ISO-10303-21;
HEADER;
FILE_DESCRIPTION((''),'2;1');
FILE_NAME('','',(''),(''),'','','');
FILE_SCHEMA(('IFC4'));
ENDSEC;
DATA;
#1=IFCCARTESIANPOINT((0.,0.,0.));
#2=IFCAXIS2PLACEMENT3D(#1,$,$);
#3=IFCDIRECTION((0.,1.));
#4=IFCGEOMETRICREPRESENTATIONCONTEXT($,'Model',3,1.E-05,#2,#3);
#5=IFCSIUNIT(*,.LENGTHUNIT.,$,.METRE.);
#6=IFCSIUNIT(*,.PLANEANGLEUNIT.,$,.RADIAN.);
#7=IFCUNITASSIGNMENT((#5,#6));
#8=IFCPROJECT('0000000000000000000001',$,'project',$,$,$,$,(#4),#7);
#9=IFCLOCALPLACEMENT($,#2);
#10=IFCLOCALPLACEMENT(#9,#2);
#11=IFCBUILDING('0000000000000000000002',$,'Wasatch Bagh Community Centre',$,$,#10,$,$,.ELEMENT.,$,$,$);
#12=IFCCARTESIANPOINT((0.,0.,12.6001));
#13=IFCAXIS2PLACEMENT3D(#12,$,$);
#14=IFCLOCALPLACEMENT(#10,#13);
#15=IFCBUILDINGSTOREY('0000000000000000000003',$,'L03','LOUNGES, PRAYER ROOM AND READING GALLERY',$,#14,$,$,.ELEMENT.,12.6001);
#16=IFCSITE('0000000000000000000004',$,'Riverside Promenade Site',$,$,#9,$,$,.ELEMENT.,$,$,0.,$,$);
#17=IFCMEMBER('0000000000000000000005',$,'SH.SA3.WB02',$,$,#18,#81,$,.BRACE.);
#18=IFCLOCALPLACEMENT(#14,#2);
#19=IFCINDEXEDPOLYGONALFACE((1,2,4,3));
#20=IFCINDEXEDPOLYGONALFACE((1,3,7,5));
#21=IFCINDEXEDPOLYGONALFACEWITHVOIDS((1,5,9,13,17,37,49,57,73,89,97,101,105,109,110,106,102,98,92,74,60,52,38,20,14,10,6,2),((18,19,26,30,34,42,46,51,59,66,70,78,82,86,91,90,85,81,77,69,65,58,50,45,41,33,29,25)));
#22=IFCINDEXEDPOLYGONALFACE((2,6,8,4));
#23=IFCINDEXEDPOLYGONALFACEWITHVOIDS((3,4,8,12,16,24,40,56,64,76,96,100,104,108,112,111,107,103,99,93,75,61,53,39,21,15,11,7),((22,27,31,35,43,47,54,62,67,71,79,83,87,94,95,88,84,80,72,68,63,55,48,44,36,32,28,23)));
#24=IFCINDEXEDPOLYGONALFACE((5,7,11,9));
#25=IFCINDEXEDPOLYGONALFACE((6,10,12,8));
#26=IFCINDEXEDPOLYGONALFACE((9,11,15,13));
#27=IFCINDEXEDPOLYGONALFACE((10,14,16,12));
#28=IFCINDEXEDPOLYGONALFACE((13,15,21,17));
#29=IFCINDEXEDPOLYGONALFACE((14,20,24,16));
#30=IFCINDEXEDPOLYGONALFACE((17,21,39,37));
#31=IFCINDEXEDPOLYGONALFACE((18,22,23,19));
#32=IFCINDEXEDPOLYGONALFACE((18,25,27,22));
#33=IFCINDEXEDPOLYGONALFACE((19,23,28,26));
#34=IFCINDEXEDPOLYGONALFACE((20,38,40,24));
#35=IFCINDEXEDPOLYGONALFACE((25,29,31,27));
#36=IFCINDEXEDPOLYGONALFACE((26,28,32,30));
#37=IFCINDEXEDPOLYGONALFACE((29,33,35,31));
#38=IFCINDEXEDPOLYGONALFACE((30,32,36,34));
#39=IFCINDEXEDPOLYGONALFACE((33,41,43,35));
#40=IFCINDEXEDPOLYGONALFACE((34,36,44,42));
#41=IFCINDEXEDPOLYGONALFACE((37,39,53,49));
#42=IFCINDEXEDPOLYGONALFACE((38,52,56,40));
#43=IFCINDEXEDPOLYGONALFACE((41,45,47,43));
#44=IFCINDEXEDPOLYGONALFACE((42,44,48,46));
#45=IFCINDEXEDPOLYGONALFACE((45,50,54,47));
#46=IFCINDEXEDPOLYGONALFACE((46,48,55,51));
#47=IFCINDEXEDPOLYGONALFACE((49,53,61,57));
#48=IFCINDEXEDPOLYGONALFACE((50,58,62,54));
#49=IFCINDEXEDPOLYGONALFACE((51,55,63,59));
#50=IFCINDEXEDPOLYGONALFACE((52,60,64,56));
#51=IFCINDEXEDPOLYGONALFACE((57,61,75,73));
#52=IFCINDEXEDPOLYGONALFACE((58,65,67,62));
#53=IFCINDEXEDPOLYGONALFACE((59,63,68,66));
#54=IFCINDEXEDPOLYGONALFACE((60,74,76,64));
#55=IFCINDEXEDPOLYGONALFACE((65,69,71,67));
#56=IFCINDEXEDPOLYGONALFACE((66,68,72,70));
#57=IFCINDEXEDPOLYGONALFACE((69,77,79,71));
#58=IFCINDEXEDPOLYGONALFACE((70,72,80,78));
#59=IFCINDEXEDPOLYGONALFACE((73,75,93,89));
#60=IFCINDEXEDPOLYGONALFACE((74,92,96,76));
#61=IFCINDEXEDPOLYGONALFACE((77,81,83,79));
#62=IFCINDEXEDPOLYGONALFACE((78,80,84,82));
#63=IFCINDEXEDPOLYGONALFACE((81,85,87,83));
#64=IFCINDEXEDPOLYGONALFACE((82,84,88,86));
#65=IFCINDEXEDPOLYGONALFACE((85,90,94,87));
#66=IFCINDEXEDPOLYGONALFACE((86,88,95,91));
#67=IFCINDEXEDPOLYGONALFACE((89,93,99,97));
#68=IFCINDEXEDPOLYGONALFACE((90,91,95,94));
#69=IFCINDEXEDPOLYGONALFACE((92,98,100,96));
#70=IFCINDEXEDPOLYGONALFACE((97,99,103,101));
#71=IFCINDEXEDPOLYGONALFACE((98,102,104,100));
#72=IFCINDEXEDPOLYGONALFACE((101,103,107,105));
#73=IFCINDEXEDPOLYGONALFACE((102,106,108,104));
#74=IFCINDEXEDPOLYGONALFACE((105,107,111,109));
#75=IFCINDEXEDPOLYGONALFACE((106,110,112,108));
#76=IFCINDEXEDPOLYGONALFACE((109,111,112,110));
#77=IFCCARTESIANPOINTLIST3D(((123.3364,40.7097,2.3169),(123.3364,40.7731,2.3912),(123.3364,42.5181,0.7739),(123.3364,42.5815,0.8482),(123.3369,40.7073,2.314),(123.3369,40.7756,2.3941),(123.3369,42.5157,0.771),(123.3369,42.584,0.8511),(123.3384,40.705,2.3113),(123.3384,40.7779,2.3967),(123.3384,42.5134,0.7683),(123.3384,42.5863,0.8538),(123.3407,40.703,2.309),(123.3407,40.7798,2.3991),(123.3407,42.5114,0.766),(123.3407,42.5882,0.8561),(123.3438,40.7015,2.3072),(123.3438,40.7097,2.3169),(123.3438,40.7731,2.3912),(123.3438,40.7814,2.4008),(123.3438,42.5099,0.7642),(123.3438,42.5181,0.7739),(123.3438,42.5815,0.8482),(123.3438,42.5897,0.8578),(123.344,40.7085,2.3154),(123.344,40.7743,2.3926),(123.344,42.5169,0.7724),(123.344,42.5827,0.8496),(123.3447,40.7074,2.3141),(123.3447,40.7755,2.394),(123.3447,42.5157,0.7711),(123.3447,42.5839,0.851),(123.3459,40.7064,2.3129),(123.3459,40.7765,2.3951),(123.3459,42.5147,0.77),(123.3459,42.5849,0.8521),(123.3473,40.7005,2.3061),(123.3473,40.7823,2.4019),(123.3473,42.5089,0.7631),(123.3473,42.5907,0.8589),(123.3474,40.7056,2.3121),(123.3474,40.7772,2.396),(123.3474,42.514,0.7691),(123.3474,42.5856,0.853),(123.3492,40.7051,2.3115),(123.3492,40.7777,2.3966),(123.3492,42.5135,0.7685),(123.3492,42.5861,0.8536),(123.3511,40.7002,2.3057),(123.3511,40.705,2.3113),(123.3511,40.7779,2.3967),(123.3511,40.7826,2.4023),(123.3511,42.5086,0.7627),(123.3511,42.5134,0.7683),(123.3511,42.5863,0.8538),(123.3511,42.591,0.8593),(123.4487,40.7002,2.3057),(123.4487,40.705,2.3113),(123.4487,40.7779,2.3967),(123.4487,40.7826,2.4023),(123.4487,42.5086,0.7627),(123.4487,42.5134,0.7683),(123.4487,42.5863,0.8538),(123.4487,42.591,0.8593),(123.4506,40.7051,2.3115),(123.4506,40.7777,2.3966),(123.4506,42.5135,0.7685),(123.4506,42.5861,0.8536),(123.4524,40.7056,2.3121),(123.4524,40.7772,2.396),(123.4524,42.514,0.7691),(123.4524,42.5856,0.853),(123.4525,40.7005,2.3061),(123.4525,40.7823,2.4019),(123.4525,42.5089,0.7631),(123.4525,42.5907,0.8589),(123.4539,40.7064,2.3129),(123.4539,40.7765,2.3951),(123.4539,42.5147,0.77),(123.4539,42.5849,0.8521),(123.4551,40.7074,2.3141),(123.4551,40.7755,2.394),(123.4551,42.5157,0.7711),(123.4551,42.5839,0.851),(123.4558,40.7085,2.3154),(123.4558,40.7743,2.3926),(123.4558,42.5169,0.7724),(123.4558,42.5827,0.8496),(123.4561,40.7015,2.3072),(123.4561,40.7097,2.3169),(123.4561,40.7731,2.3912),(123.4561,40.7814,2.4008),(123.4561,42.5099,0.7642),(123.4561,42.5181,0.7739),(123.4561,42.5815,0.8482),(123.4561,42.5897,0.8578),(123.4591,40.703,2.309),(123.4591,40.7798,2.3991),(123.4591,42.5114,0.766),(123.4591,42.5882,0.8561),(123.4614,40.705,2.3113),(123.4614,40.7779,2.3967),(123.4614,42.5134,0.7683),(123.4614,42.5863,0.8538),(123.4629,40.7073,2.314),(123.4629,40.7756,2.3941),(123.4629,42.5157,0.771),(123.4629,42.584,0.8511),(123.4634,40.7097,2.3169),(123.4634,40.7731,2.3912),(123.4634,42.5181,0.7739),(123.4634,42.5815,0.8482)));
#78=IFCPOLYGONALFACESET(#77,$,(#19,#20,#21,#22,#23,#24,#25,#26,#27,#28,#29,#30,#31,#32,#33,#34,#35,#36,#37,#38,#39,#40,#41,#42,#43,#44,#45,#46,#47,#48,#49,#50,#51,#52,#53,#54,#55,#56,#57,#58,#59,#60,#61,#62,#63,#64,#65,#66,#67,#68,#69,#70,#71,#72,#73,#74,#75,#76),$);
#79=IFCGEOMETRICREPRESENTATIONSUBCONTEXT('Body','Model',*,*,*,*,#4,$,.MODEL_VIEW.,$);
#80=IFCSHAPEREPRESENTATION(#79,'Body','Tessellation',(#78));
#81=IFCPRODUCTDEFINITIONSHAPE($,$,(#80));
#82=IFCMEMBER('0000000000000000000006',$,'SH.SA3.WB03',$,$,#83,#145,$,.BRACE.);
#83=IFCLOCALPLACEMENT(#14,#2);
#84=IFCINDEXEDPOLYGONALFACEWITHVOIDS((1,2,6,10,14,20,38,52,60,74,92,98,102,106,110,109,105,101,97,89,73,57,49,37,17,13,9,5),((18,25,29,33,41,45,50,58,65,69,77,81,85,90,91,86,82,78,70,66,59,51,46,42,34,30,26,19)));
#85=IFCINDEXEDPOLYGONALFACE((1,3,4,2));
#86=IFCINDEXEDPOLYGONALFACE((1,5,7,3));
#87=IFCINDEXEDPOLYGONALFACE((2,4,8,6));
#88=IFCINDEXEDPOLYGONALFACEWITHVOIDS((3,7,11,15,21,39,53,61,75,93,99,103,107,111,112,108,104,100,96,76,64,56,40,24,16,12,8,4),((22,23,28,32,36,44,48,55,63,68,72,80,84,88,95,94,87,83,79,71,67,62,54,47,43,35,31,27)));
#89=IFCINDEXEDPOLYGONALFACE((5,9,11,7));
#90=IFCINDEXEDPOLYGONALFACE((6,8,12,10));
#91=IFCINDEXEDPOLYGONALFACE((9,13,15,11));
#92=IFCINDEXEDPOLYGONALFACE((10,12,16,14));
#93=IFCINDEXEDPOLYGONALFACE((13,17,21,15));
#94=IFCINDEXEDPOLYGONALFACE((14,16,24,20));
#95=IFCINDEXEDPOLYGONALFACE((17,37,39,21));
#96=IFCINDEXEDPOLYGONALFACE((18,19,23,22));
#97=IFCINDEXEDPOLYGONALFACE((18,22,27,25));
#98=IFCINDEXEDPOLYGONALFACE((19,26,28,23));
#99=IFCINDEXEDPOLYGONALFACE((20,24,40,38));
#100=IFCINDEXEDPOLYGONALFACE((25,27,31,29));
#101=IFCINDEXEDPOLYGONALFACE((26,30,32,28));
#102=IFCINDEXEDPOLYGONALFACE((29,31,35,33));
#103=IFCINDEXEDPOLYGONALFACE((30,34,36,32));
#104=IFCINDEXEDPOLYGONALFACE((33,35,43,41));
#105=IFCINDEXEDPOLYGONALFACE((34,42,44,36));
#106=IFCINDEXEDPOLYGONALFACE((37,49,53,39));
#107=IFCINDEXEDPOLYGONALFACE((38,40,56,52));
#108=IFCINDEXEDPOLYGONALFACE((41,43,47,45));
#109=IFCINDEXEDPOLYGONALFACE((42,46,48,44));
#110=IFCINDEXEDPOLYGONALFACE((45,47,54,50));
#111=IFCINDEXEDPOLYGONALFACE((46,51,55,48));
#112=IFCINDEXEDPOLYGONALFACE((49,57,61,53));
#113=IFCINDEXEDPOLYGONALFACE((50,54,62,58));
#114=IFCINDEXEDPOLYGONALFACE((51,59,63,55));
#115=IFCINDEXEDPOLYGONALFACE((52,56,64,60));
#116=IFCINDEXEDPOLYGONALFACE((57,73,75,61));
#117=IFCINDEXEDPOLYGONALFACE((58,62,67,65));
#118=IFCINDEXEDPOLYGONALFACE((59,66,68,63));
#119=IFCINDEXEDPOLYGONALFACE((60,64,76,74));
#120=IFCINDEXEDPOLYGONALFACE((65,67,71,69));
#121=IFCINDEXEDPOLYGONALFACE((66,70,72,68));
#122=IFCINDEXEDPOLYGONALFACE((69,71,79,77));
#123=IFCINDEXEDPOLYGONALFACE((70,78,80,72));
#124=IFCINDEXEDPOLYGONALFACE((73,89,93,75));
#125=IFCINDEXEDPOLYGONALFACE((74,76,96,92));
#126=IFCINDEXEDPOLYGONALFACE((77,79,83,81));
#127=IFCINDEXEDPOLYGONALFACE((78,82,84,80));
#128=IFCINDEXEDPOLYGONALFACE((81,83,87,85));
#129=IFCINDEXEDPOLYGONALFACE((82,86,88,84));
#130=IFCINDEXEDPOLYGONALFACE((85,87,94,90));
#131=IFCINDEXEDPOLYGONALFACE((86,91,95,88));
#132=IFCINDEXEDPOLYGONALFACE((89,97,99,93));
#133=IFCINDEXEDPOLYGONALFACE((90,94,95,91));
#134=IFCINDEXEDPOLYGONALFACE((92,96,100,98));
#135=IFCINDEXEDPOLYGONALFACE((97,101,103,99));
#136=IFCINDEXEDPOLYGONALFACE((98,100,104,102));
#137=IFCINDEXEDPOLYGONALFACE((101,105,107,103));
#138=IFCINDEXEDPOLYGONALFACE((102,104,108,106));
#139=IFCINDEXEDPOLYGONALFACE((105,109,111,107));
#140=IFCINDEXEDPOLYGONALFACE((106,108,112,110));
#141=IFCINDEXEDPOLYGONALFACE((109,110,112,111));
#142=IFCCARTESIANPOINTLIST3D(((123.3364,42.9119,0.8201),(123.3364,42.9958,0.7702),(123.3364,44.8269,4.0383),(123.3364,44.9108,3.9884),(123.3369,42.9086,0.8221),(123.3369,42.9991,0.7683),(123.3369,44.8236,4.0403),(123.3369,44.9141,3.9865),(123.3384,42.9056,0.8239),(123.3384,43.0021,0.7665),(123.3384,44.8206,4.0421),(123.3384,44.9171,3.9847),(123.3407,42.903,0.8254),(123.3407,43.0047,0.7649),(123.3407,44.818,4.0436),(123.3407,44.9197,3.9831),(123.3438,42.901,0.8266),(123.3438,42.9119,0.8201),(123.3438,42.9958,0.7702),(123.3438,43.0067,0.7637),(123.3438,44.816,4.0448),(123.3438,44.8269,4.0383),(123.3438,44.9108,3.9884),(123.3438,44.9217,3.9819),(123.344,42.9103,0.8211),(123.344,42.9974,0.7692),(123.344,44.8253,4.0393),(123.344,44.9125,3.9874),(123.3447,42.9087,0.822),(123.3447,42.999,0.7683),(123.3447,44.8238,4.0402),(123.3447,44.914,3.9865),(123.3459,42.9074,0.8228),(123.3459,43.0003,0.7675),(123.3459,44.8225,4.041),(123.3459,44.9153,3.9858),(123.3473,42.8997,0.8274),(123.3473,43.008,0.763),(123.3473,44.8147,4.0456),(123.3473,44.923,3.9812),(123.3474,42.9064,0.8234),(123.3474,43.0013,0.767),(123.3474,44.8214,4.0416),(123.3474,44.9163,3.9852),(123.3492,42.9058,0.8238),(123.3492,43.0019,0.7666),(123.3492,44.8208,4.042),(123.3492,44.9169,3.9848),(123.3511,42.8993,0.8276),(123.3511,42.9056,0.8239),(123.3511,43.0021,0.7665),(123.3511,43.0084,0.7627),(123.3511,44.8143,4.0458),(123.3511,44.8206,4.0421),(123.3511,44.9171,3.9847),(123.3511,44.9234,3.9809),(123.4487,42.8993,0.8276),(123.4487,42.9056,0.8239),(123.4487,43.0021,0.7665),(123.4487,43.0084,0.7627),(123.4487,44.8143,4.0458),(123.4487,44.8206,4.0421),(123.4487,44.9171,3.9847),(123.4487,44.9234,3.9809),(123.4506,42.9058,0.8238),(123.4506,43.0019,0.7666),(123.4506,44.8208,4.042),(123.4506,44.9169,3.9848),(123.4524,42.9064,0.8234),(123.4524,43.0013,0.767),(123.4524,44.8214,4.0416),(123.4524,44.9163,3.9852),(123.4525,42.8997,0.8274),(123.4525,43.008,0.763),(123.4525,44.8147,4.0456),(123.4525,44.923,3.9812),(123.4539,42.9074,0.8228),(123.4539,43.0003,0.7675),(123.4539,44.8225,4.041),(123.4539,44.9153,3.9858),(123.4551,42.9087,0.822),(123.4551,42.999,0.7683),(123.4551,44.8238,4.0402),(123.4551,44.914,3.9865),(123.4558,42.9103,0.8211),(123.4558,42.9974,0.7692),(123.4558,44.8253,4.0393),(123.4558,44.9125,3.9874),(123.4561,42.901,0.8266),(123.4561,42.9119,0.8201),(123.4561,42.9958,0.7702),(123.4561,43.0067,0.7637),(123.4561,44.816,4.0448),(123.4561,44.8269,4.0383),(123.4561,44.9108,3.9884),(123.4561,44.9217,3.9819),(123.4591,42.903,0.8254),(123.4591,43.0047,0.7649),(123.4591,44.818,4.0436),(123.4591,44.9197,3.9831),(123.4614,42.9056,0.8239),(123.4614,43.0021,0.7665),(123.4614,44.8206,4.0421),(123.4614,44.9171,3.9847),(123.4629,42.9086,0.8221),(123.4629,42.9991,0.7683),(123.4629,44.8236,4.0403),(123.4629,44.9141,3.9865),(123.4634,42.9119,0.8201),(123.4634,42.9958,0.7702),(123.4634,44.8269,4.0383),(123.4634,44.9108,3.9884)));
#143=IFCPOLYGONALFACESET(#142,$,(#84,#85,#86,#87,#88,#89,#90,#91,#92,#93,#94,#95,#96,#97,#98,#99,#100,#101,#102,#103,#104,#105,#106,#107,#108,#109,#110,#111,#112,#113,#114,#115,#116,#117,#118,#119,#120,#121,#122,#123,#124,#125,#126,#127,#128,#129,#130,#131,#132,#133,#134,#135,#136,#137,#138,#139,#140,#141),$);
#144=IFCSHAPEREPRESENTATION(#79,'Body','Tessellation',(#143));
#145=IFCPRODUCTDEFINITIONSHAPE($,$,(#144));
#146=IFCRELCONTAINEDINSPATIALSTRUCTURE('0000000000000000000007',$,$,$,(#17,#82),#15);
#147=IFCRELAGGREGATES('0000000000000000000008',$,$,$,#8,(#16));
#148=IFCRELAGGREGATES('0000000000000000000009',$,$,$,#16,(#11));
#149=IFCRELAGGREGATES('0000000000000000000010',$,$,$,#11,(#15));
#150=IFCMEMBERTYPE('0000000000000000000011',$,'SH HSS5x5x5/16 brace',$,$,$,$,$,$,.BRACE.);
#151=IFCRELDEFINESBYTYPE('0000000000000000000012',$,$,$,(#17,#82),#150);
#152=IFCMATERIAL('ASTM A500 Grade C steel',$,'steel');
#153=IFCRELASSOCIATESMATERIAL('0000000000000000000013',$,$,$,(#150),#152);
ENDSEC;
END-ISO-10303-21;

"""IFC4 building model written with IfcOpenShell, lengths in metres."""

from ifc_helpers import new_model, si_unit, direction, frame, origin, origin_2d, place, context, subcontext, project, spatial, hollow_rectangle, extrude, material, material_profile, profile_set, type_object, element, save


model = new_model("IFC4")

# Units and contexts
model_context = context("Model", 3, precision=1e-05, world=origin(), true_north=direction((0.0, 1.0)))
body_context = subcontext(model_context, "Body", "Model", "MODEL_VIEW")
ifc_project = project(units=[si_unit("LENGTHUNIT", "METRE"), si_unit("PLANEANGLEUNIT", "RADIAN")], contexts=[model_context])

# Site, building, storey
site_placement = place(None, origin())
site = spatial("IfcSite", under=ifc_project, at=site_placement, Name="Riverside Promenade Site", CompositionType="ELEMENT", RefElevation=0.0)
building_placement = place(site_placement, origin())
building = spatial("IfcBuilding", under=site, at=building_placement, Name="Wasatch Bagh Community Centre", CompositionType="ELEMENT")
storey_placement = place(building_placement, frame((0.0, 0.0, 12.6001)))
storey = spatial("IfcBuildingStorey", under=building, at=storey_placement, Name="L03", Description="LOUNGES, PRAYER ROOM AND READING GALLERY", CompositionType="ELEMENT", Elevation=12.6001)

# Members
ifc_material_1 = material(Name="ASTM A500 Grade C steel", Category="steel")
ifc_material_profile_1 = material_profile(ifc_material_1, hollow_rectangle(XDim=0.127, YDim=0.127, WallThickness=0.0073, InnerFilletRadius=0.0073, OuterFilletRadius=0.0146, at=origin_2d()), Name="HSS5x5x5/16")
ifc_profile_set_1 = profile_set([ifc_material_profile_1], Name="ASTM A500 Grade C steel")
member_type_1 = type_object("IfcMemberType", Name="SH HSS5x5x5/16 brace", PredefinedType="BRACE", material=ifc_profile_set_1)
member_1_placement = place(storey_placement, frame((123.3999, 42.5498, 0.811), z_axis=(0.0, -0.760719, 0.649081), x_axis=(1.0, 0.0, 0.0)))
element("IfcMember", 1, at=member_1_placement, inside=storey, type_object=member_type_1, Name="SH.SA3.WB02", PredefinedType="BRACE", context=body_context, shape_type="SweptSolid", body=[
    extrude(hollow_rectangle(XDim=0.127, YDim=0.127, WallThickness=0.0073, InnerFilletRadius=0.0073, OuterFilletRadius=0.0146, at=origin_2d()), origin(), (0.0, 0.0, 1.0), 2.3772),
])
member_2_placement = place(storey_placement, frame((123.3999, 42.9539, 0.7952), z_axis=(0.0, 0.511367, 0.859362), x_axis=(-1.0, 0.0, 0.0)))
element("IfcMember", 2, at=member_2_placement, inside=storey, type_object=member_type_1, Name="SH.SA3.WB03", PredefinedType="BRACE", context=body_context, shape_type="SweptSolid", body=[
    extrude(hollow_rectangle(XDim=0.127, YDim=0.127, WallThickness=0.0073, InnerFilletRadius=0.0073, OuterFilletRadius=0.0146, at=origin_2d()), origin(), (0.0, 0.0, 1.0), 3.7449),
])

save(model, "model.ifc")
